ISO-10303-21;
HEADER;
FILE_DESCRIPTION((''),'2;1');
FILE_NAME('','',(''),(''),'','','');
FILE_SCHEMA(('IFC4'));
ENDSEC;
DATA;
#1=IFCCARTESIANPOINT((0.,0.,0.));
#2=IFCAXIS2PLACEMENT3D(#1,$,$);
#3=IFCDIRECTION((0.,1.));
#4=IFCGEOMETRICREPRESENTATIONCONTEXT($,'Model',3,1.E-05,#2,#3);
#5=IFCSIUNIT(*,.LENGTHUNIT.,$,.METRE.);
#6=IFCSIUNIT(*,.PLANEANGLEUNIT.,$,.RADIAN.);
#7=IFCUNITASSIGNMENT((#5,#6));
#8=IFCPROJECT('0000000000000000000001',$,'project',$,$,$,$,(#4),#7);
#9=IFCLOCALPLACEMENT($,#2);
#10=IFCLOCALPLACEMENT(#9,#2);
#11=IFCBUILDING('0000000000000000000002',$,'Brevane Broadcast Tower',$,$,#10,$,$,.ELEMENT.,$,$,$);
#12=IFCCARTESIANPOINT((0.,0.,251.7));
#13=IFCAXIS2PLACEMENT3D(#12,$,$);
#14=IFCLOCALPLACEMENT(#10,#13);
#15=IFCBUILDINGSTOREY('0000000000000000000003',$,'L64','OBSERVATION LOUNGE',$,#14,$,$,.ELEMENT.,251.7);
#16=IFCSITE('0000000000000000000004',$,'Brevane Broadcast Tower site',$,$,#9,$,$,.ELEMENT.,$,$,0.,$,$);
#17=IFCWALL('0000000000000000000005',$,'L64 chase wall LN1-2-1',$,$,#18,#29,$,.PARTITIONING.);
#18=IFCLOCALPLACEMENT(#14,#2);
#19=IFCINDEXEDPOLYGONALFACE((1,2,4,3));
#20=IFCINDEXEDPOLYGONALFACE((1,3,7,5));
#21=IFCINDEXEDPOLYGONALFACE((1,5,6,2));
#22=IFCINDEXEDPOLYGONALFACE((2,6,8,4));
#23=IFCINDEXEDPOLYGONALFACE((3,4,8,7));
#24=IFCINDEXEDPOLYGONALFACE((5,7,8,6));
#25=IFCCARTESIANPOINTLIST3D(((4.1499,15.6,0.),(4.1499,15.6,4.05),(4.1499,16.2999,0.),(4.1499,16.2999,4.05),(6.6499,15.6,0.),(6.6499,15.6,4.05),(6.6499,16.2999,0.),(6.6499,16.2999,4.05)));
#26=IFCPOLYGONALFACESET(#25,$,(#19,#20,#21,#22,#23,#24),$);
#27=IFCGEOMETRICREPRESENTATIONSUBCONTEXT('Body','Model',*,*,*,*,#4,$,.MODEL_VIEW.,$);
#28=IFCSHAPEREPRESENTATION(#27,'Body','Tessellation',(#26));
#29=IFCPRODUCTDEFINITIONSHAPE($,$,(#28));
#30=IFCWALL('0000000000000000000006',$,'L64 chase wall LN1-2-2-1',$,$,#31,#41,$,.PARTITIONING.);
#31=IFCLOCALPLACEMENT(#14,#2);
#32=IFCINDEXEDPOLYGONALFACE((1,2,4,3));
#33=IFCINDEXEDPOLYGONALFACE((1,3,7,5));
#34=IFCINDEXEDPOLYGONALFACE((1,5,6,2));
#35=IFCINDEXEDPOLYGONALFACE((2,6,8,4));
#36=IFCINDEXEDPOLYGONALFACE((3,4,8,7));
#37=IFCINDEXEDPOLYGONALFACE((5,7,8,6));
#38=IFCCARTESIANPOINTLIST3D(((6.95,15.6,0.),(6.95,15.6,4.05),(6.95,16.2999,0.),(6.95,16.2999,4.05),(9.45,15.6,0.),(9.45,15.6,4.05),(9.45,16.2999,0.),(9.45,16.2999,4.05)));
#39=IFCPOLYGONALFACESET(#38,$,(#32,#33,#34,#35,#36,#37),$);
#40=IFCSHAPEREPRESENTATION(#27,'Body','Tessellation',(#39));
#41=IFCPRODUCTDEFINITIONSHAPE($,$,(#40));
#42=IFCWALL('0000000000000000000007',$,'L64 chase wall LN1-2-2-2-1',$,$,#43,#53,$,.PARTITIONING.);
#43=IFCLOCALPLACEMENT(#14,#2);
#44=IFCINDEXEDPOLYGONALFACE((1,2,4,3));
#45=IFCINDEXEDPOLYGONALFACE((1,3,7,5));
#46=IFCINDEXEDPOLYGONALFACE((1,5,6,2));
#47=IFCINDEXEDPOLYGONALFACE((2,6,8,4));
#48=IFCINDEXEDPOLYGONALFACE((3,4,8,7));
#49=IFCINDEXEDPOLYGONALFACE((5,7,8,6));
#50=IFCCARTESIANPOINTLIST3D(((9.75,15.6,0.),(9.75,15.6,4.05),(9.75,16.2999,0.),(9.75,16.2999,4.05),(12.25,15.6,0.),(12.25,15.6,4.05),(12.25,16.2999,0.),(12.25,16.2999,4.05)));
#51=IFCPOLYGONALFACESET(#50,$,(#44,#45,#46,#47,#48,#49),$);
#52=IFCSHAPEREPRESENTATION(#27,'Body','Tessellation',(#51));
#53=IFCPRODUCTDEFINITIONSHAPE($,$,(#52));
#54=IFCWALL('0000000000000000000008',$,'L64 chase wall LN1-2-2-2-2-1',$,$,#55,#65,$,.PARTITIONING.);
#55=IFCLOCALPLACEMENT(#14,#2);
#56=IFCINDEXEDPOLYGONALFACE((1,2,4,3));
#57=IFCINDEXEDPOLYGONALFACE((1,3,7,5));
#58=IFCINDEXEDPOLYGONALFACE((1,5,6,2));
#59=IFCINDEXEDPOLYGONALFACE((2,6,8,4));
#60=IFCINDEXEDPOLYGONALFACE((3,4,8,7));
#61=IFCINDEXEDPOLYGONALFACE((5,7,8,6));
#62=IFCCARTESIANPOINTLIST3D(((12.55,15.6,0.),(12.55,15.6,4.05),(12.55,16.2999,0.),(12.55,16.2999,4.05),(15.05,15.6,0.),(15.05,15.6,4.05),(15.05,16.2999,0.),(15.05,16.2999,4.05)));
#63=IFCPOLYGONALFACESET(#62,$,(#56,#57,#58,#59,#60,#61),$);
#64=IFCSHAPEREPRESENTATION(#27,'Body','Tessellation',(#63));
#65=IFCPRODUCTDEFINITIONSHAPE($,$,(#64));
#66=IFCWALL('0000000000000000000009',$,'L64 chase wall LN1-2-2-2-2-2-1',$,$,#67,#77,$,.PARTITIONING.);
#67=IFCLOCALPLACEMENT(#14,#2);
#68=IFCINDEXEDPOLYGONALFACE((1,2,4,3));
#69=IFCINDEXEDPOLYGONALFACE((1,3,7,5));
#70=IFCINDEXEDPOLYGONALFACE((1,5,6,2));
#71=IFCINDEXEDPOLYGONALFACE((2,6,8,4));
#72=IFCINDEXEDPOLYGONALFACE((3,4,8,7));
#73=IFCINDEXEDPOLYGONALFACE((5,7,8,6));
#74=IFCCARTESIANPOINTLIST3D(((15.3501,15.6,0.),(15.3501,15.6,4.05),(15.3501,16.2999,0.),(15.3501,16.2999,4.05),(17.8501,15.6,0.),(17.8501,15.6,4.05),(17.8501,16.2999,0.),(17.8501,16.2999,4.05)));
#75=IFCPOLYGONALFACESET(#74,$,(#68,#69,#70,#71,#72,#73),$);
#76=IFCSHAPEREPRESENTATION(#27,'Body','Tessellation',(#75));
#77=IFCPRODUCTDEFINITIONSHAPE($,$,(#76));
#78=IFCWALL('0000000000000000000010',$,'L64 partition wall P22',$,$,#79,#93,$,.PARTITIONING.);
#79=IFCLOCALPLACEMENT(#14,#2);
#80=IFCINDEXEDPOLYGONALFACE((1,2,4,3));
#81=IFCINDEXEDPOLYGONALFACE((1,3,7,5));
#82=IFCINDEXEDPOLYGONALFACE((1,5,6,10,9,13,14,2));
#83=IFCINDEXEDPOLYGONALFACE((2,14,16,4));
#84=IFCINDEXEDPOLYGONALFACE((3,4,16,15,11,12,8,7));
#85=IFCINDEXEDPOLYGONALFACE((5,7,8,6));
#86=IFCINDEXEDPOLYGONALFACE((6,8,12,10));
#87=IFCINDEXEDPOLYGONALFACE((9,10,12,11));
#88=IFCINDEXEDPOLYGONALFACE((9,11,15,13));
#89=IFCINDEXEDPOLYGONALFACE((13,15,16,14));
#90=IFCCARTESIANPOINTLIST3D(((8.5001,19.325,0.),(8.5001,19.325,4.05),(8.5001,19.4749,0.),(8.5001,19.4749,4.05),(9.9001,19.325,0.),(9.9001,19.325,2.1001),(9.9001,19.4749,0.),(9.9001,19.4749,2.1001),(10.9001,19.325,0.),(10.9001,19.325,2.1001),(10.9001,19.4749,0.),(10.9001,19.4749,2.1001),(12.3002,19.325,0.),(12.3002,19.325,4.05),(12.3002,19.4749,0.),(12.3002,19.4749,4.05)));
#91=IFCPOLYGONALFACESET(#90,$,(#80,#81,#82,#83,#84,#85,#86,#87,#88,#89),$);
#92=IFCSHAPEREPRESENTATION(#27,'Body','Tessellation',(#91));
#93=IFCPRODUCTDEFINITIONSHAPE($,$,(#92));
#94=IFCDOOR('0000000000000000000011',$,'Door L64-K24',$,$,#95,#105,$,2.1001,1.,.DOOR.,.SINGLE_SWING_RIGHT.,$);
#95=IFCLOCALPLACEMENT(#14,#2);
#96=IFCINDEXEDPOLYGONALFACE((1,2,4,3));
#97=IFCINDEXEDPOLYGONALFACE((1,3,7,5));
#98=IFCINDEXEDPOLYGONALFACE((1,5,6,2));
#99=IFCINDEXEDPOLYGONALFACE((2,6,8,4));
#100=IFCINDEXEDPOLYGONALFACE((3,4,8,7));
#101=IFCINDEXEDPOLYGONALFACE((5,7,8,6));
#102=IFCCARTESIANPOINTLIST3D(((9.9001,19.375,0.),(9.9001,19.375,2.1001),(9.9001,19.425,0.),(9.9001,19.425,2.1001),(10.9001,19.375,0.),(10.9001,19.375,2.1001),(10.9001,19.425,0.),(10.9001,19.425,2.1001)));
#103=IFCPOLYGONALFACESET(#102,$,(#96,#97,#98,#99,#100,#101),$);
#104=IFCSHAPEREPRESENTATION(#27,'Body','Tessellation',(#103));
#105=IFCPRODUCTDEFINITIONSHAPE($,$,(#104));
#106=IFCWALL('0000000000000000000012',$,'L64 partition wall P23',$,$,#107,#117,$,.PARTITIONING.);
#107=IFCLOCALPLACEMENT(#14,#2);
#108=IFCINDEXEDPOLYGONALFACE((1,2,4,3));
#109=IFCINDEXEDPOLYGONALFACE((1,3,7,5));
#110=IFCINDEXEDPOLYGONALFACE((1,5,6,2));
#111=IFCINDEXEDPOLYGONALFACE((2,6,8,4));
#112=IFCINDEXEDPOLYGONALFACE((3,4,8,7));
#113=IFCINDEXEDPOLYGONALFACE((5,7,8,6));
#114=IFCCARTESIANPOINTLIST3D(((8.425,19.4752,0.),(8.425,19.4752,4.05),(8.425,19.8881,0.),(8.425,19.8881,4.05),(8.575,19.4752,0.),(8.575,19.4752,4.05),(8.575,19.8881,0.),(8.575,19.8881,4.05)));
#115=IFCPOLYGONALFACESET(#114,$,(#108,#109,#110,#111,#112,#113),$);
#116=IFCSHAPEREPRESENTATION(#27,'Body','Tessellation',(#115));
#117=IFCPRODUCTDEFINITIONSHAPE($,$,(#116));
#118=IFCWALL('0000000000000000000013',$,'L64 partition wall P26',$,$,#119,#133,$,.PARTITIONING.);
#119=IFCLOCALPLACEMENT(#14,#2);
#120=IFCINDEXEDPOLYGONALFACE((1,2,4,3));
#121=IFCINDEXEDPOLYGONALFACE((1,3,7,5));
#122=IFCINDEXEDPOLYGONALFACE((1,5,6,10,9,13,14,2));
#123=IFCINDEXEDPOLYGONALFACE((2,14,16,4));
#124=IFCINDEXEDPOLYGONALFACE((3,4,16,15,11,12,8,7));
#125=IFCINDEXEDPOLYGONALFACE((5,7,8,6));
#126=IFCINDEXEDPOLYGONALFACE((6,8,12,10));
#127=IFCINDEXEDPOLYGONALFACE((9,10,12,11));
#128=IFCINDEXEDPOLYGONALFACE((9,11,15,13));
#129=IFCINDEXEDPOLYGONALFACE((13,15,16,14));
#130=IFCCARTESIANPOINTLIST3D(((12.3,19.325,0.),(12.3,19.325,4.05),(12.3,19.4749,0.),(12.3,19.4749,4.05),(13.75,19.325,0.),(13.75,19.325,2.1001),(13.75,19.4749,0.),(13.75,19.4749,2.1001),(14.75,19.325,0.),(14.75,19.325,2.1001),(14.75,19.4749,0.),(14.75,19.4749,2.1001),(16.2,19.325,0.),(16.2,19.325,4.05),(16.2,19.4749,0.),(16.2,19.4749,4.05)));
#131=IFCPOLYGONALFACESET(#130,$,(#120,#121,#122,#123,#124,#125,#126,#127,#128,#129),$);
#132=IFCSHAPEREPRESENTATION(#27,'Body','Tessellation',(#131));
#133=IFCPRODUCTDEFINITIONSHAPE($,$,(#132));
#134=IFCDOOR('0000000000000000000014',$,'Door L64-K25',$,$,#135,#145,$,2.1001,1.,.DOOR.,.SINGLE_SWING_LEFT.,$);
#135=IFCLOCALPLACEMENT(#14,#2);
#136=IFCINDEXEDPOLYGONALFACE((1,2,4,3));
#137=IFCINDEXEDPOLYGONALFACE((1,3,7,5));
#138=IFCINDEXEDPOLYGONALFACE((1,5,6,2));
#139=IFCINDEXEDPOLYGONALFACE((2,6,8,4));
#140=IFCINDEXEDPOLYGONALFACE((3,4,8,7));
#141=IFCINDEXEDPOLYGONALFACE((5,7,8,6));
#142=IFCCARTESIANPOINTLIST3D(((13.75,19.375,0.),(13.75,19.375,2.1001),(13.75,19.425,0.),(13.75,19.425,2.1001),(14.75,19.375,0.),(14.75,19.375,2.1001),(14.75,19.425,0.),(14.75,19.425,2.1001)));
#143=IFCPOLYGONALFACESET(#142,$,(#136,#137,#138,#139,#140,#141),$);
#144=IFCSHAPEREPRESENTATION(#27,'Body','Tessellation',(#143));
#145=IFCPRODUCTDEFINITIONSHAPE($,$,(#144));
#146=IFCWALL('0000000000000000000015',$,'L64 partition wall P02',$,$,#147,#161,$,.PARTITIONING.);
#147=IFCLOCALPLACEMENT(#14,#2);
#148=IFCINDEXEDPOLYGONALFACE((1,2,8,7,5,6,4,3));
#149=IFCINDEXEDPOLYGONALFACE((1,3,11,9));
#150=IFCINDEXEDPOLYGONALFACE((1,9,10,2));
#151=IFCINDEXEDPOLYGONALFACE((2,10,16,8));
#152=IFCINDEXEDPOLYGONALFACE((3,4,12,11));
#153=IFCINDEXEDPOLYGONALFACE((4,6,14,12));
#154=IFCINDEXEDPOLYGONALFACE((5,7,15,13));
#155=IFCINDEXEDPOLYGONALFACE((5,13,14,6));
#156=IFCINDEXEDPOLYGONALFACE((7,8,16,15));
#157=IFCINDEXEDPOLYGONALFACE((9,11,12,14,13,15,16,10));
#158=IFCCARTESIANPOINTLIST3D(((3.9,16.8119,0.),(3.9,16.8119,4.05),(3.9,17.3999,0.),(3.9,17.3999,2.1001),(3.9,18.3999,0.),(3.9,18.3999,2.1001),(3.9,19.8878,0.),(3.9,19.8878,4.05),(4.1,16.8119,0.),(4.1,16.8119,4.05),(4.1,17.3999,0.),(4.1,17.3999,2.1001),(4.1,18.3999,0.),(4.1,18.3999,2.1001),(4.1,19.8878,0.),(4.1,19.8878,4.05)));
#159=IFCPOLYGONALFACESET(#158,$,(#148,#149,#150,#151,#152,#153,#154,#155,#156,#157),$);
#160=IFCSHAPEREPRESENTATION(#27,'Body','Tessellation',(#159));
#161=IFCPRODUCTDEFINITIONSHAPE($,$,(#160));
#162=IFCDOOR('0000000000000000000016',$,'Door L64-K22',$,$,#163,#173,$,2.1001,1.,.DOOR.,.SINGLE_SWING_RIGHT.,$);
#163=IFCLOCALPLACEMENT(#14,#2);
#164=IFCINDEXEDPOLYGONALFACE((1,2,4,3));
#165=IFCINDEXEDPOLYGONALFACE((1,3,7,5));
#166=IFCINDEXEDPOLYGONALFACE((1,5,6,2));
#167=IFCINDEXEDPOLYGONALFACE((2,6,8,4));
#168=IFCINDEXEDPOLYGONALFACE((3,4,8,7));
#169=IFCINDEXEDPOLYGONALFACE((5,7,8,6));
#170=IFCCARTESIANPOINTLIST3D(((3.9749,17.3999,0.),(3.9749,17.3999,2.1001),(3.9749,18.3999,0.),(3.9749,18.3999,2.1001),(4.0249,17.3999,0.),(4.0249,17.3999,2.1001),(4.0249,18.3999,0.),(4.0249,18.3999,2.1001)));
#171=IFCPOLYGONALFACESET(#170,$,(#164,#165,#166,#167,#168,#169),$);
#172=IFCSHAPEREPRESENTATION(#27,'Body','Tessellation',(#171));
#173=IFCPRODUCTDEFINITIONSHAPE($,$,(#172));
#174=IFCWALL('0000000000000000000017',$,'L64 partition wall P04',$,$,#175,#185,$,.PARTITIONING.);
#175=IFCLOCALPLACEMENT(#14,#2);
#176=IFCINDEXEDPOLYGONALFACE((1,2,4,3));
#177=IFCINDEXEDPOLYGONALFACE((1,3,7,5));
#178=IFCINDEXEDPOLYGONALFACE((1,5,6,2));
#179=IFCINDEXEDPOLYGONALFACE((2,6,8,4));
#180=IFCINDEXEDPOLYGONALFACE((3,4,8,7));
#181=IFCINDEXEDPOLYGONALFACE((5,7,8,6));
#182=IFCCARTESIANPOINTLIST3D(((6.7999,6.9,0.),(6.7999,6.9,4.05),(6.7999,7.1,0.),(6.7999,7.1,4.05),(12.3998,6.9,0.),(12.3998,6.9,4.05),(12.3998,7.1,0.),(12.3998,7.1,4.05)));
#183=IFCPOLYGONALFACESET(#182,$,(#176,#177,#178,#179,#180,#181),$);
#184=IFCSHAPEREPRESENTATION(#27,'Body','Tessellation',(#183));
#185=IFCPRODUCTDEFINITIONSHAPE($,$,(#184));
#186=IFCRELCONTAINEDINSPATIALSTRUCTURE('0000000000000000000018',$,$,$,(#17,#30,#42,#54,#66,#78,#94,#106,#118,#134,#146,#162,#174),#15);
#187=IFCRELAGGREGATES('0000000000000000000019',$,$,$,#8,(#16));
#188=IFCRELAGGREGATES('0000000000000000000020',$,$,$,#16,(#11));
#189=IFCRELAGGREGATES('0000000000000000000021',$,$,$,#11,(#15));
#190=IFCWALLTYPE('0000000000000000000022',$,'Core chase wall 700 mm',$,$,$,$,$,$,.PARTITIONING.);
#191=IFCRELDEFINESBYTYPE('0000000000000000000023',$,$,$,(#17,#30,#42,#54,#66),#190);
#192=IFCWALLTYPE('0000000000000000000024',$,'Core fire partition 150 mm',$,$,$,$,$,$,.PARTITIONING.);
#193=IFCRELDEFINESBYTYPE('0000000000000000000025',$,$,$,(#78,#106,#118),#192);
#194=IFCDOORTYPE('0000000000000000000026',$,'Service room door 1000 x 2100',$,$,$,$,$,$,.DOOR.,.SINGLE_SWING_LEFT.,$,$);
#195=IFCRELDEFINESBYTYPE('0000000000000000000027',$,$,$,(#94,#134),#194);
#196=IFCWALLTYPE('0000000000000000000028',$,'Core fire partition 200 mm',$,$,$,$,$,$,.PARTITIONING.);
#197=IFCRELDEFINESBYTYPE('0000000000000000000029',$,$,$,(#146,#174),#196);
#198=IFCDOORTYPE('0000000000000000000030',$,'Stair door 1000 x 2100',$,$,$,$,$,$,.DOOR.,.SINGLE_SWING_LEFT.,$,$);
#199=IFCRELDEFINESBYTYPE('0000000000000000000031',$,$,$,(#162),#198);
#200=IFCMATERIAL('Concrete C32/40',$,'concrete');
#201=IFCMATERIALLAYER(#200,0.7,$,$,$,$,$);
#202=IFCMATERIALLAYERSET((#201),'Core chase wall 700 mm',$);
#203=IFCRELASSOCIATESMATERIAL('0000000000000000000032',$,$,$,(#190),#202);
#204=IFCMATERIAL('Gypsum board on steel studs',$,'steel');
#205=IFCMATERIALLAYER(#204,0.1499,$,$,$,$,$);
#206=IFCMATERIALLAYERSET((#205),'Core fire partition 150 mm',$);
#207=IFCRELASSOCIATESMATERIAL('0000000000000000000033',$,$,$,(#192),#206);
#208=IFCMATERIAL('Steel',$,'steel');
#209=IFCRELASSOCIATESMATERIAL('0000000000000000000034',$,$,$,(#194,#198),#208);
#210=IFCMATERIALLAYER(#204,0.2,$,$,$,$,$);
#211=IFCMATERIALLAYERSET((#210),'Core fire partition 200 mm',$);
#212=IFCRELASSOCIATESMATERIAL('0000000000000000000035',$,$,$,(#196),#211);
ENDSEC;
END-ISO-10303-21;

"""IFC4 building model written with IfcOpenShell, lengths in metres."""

from ifc_helpers import new_model, si_unit, direction, frame, frame_2d, origin, place, context, subcontext, project, spatial, rectangle, extrude, material, layer, layer_set, type_object, element, fill, save


model = new_model("IFC4")

# Units and contexts
model_context = context("Model", 3, precision=1e-05, world=origin(), true_north=direction((0.0, 1.0)))
body_context = subcontext(model_context, "Body", "Model", "MODEL_VIEW")
ifc_project = project(units=[si_unit("LENGTHUNIT", "METRE"), si_unit("PLANEANGLEUNIT", "RADIAN")], contexts=[model_context])

# Site, building, storey
site_placement = place(None, origin())
site = spatial("IfcSite", under=ifc_project, at=site_placement, Name="Brevane Broadcast Tower site", CompositionType="ELEMENT", RefElevation=0.0)
building_placement = place(site_placement, origin())
building = spatial("IfcBuilding", under=site, at=building_placement, Name="Brevane Broadcast Tower", CompositionType="ELEMENT")
storey_placement = place(building_placement, frame((0.0, 0.0, 251.7)))
storey = spatial("IfcBuildingStorey", under=building, at=storey_placement, Name="L64", Description="OBSERVATION LOUNGE", CompositionType="ELEMENT", Elevation=251.7)

# Walls
ifc_material_1 = material(Name="Concrete C32/40", Category="concrete")
ifc_layer_1 = layer(ifc_material_1, 0.7)
ifc_layer_set_1 = layer_set([ifc_layer_1], Name="Core chase wall 700 mm")
wall_type_1 = type_object("IfcWallType", Name="Core chase wall 700 mm", PredefinedType="PARTITIONING", material=ifc_layer_set_1)
for number, where, z_axis, x_axis, name in (
    (1, (4.1499, 15.95, 0.0), (0.0, 0.0, 1.0), (1.0, 0.0, 0.0), "L64 chase wall LN1-2-1"),
    (2, (6.95, 15.95, 0.0), (0.0, 0.0, 1.0), (1.0, 0.0, 0.0), "L64 chase wall LN1-2-2-1"),
    (3, (9.75, 15.95, 0.0), (0.0, 0.0, 1.0), (1.0, 0.0, 0.0), "L64 chase wall LN1-2-2-2-1"),
    (4, (12.55, 15.95, 0.0), (0.0, 0.0, 1.0), (1.0, 0.0, 0.0), "L64 chase wall LN1-2-2-2-2-1"),
    (5, (15.3501, 15.95, 0.0), (0.0, 0.0, 1.0), (1.0, 0.0, 0.0), "L64 chase wall LN1-2-2-2-2-2-1"),
):
    element("IfcWall", number, at=place(storey_placement, frame(where, z_axis=z_axis, x_axis=x_axis)), inside=storey, type_object=wall_type_1, Name=name, PredefinedType="PARTITIONING", context=body_context, shape_type="SweptSolid", body=[
        extrude(rectangle(XDim=2.5, YDim=0.7, at=frame_2d((1.25, 0.0))), origin(), (0.0, 0.0, 1.0), 4.05),
    ])

# Wall, opening, door
ifc_material_2 = material(Name="Gypsum board on steel studs", Category="steel")
ifc_layer_2 = layer(ifc_material_2, 0.1499)
ifc_layer_set_2 = layer_set([ifc_layer_2], Name="Core fire partition 150 mm")
wall_type_2 = type_object("IfcWallType", Name="Core fire partition 150 mm", PredefinedType="PARTITIONING", material=ifc_layer_set_2)
wall_1_placement = place(storey_placement, frame((12.3, 19.3999, 0.0), z_axis=(0.0, 0.0, 1.0), x_axis=(-1.0, 0.0, 0.0)))
wall_1 = element("IfcWall", 6, at=wall_1_placement, inside=storey, type_object=wall_type_2, Name="L64 partition wall P22", PredefinedType="PARTITIONING", context=body_context, shape_type="SweptSolid", body=[
    extrude(rectangle(XDim=3.8, YDim=0.1499, at=frame_2d((1.8999, 0.0))), origin(), (0.0, 0.0, 1.0), 4.05),
])
opening_1_placement = place(wall_1_placement, frame((1.3999, 0.0, 0.0)))
opening_1 = element("IfcOpeningElement", 7, at=opening_1_placement, cuts=wall_1, PredefinedType="OPENING", context=body_context, shape_type="SweptSolid", body=[
    extrude(rectangle(XDim=1.0, YDim=2.1001, at=frame_2d((0.5, 1.05))), frame((0.0, 0.085, 0.0), z_axis=(0.0, -1.0, 0.0), x_axis=(1.0, 0.0, 0.0)), (0.0, 0.0, 1.0), 0.1699),
])
ifc_material_3 = material(Name="Steel", Category="steel")
door_type_1 = type_object("IfcDoorType", Name="Service room door 1000 x 2100", OperationType="SINGLE_SWING_LEFT", PredefinedType="DOOR", material=ifc_material_3)
door_1_placement = place(opening_1_placement, origin())
door_1 = element("IfcDoor", 8, at=door_1_placement, inside=storey, type_object=door_type_1, Name="Door L64-K24", OperationType="SINGLE_SWING_RIGHT", OverallHeight=2.1001, OverallWidth=1.0, PredefinedType="DOOR", context=body_context, shape_type="SweptSolid", body=[
    extrude(rectangle(XDim=1.0, YDim=2.1001, at=frame_2d((0.5, 1.05))), frame((0.0, 0.0249, 0.0), z_axis=(0.0, -1.0, 0.0), x_axis=(1.0, 0.0, 0.0)), (0.0, 0.0, 1.0), 0.05),
])
fill(opening_1, door_1)

# Wall
wall_2_placement = place(storey_placement, frame((8.5, 19.4751, 0.0), z_axis=(0.0, 0.0, 1.0), x_axis=(0.0, 1.0, 0.0)))
element("IfcWall", 9, at=wall_2_placement, inside=storey, type_object=wall_type_2, Name="L64 partition wall P23", PredefinedType="PARTITIONING", context=body_context, shape_type="SweptSolid", body=[
    extrude(rectangle(XDim=0.4128, YDim=0.1499, at=frame_2d((0.2065, 0.0))), origin(), (0.0, 0.0, 1.0), 4.05),
])

# Walls, openings, doors
wall_3_placement = place(storey_placement, frame((16.2, 19.3999, 0.0), z_axis=(0.0, 0.0, 1.0), x_axis=(-1.0, 0.0, 0.0)))
wall_3 = element("IfcWall", 10, at=wall_3_placement, inside=storey, type_object=wall_type_2, Name="L64 partition wall P26", PredefinedType="PARTITIONING", context=body_context, shape_type="SweptSolid", body=[
    extrude(rectangle(XDim=3.8999, YDim=0.1499, at=frame_2d((1.95, 0.0))), origin(), (0.0, 0.0, 1.0), 4.05),
])
opening_2_placement = place(wall_3_placement, frame((1.45, 0.0, 0.0)))
opening_2 = element("IfcOpeningElement", 11, at=opening_2_placement, cuts=wall_3, PredefinedType="OPENING", context=body_context, shape_type="SweptSolid", body=[
    extrude(rectangle(XDim=1.0, YDim=2.1001, at=frame_2d((0.5, 1.05))), frame((0.0, 0.085, 0.0), z_axis=(0.0, -1.0, 0.0), x_axis=(1.0, 0.0, 0.0)), (0.0, 0.0, 1.0), 0.1699),
])
door_2_placement = place(opening_2_placement, origin())
door_2 = element("IfcDoor", 12, at=door_2_placement, inside=storey, type_object=door_type_1, Name="Door L64-K25", OperationType="SINGLE_SWING_LEFT", OverallHeight=2.1001, OverallWidth=1.0, PredefinedType="DOOR", context=body_context, shape_type="SweptSolid", body=[
    extrude(rectangle(XDim=1.0, YDim=2.1001, at=frame_2d((0.5, 1.05))), frame((0.0, 0.0249, 0.0), z_axis=(0.0, -1.0, 0.0), x_axis=(1.0, 0.0, 0.0)), (0.0, 0.0, 1.0), 0.05),
])
fill(opening_2, door_2)
ifc_layer_3 = layer(ifc_material_2, 0.2)
ifc_layer_set_3 = layer_set([ifc_layer_3], Name="Core fire partition 200 mm")
wall_type_3 = type_object("IfcWallType", Name="Core fire partition 200 mm", PredefinedType="PARTITIONING", material=ifc_layer_set_3)
wall_4_placement = place(storey_placement, frame((4.0, 19.8879, 0.0), z_axis=(0.0, 0.0, 1.0), x_axis=(0.0, -1.0, 0.0)))
wall_4 = element("IfcWall", 13, at=wall_4_placement, inside=storey, type_object=wall_type_3, Name="L64 partition wall P02", PredefinedType="PARTITIONING", context=body_context, shape_type="SweptSolid", body=[
    extrude(rectangle(XDim=3.0759, YDim=0.2, at=frame_2d((1.5381, 0.0))), origin(), (0.0, 0.0, 1.0), 4.05),
])
opening_3_placement = place(wall_4_placement, frame((1.488, 0.0, 0.0)))
opening_3 = element("IfcOpeningElement", 14, at=opening_3_placement, cuts=wall_4, PredefinedType="OPENING", context=body_context, shape_type="SweptSolid", body=[
    extrude(rectangle(XDim=1.0, YDim=2.1001, at=frame_2d((0.5, 1.05))), frame((0.0, 0.1099, 0.0), z_axis=(0.0, -1.0, 0.0), x_axis=(1.0, 0.0, 0.0)), (0.0, 0.0, 1.0), 0.22),
])
door_type_2 = type_object("IfcDoorType", Name="Stair door 1000 x 2100", OperationType="SINGLE_SWING_LEFT", PredefinedType="DOOR", material=ifc_material_3)
door_3_placement = place(opening_3_placement, origin())
door_3 = element("IfcDoor", 15, at=door_3_placement, inside=storey, type_object=door_type_2, Name="Door L64-K22", OperationType="SINGLE_SWING_RIGHT", OverallHeight=2.1001, OverallWidth=1.0, PredefinedType="DOOR", context=body_context, shape_type="SweptSolid", body=[
    extrude(rectangle(XDim=1.0, YDim=2.1001, at=frame_2d((0.5, 1.05))), frame((0.0, 0.0249, 0.0), z_axis=(0.0, -1.0, 0.0), x_axis=(1.0, 0.0, 0.0)), (0.0, 0.0, 1.0), 0.05),
])
fill(opening_3, door_3)

# Wall
wall_5_placement = place(storey_placement, frame((6.8, 7.0, 0.0), z_axis=(0.0, 0.0, 1.0), x_axis=(1.0, 0.0, 0.0)))
element("IfcWall", 16, at=wall_5_placement, inside=storey, type_object=wall_type_3, Name="L64 partition wall P04", PredefinedType="PARTITIONING", context=body_context, shape_type="SweptSolid", body=[
    extrude(rectangle(XDim=5.5999, YDim=0.2, at=frame_2d((2.7998, 0.0))), origin(), (0.0, 0.0, 1.0), 4.05),
])

save(model, "model.ifc")
